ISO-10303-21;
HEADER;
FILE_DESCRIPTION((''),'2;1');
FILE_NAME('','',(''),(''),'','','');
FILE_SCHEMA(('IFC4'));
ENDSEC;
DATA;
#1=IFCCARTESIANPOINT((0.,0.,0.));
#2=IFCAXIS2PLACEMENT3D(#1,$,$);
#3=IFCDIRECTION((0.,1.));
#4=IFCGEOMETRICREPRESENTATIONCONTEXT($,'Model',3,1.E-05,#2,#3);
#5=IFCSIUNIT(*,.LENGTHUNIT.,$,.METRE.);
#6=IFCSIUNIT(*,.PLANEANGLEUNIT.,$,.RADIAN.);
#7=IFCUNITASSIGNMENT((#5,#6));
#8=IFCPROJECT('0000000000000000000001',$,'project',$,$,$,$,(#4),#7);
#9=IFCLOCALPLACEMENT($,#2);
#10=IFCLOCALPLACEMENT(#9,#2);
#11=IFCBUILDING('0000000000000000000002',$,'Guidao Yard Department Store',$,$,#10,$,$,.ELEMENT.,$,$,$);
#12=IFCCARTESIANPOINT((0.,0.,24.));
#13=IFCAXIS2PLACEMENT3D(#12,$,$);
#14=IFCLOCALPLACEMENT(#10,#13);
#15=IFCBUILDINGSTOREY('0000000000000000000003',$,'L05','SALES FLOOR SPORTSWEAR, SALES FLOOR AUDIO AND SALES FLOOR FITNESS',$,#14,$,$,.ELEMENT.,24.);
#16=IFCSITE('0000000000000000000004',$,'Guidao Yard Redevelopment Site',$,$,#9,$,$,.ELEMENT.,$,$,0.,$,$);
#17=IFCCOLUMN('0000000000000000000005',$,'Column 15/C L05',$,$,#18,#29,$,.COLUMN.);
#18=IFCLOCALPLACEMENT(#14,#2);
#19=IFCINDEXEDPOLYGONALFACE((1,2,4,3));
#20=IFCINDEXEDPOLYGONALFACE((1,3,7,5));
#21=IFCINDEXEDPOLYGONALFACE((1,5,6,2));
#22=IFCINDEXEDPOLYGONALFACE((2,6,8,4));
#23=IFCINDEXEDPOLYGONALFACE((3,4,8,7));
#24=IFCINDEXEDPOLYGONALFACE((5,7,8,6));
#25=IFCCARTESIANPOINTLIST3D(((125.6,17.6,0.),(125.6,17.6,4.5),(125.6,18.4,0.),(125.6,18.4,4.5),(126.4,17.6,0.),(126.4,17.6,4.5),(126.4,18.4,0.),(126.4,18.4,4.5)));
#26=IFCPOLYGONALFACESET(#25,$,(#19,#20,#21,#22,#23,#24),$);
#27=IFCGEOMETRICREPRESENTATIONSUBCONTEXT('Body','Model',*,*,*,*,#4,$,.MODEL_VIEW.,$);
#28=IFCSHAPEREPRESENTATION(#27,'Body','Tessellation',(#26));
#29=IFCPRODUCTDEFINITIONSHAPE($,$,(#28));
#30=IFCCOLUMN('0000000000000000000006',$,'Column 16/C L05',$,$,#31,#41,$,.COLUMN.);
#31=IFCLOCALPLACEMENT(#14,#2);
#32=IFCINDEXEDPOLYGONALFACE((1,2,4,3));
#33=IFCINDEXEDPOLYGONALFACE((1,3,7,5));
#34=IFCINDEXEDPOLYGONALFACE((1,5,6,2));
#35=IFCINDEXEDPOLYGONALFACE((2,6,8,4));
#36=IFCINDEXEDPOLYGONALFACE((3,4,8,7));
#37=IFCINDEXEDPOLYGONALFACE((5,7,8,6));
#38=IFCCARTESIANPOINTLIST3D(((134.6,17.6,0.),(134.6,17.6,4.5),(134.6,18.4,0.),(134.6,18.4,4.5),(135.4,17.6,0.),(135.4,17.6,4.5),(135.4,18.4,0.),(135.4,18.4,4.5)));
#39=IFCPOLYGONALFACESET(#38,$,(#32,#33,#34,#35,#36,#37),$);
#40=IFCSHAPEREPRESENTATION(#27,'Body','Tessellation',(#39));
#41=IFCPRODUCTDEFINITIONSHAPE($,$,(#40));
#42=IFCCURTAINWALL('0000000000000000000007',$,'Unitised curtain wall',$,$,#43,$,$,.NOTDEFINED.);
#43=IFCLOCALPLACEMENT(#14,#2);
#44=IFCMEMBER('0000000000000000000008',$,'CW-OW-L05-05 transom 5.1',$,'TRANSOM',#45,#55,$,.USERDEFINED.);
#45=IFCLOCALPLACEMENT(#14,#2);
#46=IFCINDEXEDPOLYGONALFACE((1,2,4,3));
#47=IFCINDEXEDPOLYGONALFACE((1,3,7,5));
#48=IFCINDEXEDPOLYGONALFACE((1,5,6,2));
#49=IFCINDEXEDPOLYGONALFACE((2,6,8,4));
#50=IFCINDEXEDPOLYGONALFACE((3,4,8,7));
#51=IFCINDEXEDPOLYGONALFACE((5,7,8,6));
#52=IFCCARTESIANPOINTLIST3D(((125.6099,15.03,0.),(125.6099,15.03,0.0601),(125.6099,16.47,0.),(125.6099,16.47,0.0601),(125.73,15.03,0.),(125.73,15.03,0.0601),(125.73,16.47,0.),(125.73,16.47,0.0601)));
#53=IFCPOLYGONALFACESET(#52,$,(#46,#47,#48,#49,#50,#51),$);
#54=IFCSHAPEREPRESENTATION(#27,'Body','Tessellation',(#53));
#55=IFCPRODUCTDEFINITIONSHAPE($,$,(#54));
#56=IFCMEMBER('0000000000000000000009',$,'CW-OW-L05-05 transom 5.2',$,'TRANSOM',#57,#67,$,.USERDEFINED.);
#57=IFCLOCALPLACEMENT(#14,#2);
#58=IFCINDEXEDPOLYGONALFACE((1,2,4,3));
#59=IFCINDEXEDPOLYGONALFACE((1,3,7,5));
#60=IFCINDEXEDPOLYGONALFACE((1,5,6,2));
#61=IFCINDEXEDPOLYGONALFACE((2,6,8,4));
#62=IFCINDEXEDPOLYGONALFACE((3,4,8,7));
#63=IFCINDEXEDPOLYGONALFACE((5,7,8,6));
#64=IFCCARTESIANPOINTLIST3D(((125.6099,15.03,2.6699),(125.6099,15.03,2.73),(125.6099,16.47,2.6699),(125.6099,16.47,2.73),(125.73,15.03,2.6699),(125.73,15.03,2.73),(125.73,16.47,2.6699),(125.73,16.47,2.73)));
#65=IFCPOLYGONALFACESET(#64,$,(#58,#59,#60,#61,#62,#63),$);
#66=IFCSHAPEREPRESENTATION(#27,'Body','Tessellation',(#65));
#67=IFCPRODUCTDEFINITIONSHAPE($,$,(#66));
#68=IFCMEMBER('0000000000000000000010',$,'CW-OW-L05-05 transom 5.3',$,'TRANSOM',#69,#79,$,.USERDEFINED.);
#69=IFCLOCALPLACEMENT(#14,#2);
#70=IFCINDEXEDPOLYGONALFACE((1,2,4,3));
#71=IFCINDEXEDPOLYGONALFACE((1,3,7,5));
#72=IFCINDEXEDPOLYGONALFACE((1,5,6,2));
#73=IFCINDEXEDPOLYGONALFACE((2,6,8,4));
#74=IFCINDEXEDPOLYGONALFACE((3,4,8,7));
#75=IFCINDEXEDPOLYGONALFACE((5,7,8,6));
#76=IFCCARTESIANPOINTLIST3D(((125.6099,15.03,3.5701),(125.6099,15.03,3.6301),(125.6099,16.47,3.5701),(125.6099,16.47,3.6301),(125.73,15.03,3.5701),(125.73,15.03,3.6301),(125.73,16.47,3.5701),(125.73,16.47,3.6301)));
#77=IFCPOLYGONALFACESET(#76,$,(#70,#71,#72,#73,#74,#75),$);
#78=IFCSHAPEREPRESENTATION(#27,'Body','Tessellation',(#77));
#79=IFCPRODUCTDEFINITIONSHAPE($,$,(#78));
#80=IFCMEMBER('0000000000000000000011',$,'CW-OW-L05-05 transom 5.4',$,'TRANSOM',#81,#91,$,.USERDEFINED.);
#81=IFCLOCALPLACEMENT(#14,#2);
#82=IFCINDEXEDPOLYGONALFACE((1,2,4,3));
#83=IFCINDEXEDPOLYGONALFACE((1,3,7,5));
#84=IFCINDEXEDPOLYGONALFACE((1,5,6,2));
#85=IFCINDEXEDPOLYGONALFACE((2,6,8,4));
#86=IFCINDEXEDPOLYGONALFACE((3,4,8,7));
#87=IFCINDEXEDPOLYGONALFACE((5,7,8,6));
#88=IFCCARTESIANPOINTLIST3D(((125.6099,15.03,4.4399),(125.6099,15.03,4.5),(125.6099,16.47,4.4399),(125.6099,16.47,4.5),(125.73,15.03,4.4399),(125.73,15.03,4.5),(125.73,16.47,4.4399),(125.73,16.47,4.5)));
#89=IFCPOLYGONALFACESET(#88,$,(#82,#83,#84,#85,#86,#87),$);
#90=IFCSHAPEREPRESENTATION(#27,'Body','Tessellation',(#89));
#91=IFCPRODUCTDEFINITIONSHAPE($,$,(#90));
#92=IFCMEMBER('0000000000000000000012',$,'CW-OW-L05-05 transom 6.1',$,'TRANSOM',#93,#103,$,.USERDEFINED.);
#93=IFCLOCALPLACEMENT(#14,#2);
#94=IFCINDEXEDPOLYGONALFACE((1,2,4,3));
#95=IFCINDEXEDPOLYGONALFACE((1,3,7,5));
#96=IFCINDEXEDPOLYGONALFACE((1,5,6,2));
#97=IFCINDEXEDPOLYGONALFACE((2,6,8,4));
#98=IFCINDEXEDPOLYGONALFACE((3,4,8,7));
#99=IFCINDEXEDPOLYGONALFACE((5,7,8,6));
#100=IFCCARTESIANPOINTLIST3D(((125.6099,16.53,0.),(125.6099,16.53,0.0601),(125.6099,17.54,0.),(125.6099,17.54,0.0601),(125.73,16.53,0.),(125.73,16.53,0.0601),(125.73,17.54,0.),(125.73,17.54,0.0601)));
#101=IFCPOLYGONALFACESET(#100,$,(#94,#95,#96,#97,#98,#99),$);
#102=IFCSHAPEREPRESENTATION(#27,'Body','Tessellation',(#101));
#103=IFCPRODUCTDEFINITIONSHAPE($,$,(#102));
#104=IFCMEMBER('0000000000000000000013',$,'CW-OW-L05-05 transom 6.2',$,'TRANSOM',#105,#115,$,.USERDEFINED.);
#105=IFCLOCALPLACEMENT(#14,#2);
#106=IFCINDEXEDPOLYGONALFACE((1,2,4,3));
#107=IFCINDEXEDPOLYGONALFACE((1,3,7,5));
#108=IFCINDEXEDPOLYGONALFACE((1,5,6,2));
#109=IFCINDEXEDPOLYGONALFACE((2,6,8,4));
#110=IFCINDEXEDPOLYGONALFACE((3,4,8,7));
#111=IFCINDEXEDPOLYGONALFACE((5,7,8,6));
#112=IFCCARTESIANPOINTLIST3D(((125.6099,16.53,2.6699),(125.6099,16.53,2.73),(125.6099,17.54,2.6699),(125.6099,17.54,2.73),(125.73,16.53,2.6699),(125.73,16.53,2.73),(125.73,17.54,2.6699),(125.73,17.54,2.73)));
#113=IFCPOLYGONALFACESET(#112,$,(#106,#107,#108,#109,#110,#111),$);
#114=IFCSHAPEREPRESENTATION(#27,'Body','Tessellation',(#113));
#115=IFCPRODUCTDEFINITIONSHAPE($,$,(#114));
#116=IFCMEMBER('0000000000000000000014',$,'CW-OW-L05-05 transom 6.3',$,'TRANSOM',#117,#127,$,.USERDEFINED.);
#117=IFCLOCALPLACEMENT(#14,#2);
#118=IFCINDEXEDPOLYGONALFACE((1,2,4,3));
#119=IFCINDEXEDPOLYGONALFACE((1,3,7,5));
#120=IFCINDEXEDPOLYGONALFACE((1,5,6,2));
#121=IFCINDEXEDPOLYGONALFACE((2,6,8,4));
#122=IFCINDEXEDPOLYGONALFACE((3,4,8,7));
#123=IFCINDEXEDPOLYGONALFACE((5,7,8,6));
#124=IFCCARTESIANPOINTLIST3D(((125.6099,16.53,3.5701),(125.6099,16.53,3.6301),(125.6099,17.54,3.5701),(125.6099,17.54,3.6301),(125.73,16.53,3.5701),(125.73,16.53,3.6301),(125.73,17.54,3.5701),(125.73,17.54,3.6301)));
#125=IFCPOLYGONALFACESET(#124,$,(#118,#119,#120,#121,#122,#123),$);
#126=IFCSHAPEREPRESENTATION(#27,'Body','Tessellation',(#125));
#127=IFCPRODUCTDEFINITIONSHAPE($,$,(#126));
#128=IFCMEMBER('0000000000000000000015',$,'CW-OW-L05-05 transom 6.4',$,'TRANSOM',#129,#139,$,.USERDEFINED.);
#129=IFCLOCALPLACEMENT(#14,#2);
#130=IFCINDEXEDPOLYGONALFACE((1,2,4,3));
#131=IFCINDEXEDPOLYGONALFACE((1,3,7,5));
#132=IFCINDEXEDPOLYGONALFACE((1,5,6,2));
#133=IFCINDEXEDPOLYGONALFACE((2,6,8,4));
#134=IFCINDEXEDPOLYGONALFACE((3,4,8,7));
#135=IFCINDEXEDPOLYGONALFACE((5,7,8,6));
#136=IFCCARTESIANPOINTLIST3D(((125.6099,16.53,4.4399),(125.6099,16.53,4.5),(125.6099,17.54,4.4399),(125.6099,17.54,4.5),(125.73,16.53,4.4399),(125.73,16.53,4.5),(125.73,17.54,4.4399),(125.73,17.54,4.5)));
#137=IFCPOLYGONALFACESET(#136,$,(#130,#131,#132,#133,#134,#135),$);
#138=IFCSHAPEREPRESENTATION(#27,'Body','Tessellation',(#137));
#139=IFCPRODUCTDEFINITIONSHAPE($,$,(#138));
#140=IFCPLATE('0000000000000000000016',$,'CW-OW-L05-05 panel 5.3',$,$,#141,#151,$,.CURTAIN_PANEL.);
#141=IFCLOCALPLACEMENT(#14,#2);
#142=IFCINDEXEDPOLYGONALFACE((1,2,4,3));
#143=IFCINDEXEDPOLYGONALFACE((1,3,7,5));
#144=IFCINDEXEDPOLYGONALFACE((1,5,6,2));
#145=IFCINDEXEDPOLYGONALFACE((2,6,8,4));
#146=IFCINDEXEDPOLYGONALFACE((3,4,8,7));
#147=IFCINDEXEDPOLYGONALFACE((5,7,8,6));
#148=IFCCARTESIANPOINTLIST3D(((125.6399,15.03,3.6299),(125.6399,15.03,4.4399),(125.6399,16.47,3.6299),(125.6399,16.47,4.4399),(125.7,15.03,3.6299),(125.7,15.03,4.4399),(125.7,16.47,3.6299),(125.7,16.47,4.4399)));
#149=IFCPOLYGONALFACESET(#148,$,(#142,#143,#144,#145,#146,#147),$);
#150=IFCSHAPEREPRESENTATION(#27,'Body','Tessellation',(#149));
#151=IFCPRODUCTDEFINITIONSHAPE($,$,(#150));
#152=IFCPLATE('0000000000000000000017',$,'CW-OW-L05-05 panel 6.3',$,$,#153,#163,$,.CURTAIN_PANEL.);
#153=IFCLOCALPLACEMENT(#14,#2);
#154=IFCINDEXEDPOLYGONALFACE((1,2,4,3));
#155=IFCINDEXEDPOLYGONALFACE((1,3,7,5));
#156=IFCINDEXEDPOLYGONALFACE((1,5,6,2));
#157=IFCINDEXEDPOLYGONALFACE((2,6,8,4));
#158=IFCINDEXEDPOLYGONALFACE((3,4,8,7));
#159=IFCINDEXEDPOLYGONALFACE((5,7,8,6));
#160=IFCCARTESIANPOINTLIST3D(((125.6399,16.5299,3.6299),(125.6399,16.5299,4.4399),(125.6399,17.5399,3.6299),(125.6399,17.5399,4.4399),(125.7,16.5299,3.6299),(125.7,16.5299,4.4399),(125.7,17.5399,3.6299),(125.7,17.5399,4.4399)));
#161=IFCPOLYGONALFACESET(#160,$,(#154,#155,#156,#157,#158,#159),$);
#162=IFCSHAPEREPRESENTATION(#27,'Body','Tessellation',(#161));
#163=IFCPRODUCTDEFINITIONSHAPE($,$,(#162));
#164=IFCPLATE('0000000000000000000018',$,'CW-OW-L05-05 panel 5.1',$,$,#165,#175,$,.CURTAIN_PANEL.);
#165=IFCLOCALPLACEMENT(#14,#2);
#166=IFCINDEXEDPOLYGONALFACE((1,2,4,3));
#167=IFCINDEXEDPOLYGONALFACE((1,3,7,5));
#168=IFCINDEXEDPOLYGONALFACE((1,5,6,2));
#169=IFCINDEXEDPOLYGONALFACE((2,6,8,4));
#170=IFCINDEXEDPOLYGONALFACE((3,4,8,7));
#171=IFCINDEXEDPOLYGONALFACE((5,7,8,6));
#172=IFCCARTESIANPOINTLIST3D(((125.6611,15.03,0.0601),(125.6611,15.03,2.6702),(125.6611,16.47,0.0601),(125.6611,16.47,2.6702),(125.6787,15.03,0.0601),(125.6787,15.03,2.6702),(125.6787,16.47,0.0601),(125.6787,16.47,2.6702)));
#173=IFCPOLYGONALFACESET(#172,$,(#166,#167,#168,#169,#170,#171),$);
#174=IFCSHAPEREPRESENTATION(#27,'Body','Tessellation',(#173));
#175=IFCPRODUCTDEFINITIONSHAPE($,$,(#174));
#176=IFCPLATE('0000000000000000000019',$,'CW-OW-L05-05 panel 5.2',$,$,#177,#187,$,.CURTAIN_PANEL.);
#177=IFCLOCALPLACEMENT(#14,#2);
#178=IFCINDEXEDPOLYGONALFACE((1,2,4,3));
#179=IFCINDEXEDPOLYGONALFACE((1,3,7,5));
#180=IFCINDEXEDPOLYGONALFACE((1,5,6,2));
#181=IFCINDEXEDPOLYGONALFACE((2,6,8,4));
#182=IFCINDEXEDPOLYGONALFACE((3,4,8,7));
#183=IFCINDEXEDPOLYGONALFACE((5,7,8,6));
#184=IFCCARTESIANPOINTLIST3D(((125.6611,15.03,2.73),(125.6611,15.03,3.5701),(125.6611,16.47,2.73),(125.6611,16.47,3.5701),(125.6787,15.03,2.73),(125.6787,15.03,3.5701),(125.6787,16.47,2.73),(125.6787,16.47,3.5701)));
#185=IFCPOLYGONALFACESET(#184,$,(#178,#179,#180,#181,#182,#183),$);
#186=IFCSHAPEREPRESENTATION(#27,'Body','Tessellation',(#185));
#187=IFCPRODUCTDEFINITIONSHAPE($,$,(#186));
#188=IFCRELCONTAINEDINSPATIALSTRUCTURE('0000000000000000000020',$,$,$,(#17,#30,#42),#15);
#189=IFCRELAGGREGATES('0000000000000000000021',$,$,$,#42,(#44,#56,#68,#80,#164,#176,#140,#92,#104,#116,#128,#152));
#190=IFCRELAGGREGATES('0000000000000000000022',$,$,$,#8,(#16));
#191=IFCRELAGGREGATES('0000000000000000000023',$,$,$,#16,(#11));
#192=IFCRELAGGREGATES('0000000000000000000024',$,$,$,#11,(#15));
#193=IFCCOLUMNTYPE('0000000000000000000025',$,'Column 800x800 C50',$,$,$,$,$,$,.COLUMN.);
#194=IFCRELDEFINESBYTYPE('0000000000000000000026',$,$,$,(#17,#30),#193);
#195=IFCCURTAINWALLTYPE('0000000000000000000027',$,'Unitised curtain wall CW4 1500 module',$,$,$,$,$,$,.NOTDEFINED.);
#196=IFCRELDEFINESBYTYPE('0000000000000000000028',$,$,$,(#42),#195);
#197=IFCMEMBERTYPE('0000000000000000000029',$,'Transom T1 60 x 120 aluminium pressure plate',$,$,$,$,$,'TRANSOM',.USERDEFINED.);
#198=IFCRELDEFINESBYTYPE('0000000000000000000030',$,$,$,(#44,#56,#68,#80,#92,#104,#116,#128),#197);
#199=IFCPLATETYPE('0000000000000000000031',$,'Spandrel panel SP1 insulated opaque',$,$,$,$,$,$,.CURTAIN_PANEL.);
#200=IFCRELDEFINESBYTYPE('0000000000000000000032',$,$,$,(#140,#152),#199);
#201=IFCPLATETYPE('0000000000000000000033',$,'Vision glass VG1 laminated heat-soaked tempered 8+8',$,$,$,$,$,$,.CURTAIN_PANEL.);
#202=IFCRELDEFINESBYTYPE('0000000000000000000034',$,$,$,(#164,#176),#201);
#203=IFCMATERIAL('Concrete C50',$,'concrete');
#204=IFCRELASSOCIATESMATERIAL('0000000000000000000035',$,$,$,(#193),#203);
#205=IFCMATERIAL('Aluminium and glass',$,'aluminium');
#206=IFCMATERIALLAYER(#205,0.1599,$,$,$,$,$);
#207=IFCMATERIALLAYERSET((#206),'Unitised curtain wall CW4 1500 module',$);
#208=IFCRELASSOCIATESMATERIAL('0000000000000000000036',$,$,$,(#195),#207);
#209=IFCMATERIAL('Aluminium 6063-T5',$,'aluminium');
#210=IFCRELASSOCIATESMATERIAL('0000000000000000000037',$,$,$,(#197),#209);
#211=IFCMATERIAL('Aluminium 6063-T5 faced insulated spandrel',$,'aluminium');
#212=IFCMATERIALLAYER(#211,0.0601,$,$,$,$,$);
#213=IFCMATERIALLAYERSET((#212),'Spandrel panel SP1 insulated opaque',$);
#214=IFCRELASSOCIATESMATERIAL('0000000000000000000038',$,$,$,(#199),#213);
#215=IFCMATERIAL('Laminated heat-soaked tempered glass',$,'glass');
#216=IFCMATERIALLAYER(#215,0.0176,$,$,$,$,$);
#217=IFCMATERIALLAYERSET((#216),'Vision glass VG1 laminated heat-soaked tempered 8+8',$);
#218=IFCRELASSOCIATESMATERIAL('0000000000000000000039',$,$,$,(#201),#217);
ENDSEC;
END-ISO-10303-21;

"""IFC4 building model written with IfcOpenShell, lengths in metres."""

from ifc_helpers import new_model, si_unit, direction, frame, origin, origin_2d, place, context, subcontext, project, spatial, rectangle, extrude, material, layer, layer_set, material_profile, profile_set, type_object, element, aggregate, save


model = new_model("IFC4")

# Units and contexts
model_context = context("Model", 3, precision=1e-05, world=origin(), true_north=direction((0.0, 1.0)))
body_context = subcontext(model_context, "Body", "Model", "MODEL_VIEW")
ifc_project = project(units=[si_unit("LENGTHUNIT", "METRE"), si_unit("PLANEANGLEUNIT", "RADIAN")], contexts=[model_context])

# Site, building, storey
site_placement = place(None, origin())
site = spatial("IfcSite", under=ifc_project, at=site_placement, Name="Guidao Yard Redevelopment Site", CompositionType="ELEMENT", RefElevation=0.0)
building_placement = place(site_placement, origin())
building = spatial("IfcBuilding", under=site, at=building_placement, Name="Guidao Yard Department Store", CompositionType="ELEMENT")
storey_placement = place(building_placement, frame((0.0, 0.0, 24.0)))
storey = spatial("IfcBuildingStorey", under=building, at=storey_placement, Name="L05", Description="SALES FLOOR SPORTSWEAR, SALES FLOOR AUDIO AND SALES FLOOR FITNESS", CompositionType="ELEMENT", Elevation=24.0)

# Columns
ifc_material_1 = material(Name="Concrete C50", Category="concrete")
ifc_material_profile_1 = material_profile(ifc_material_1, rectangle(XDim=0.8, YDim=0.8, at=origin_2d()), Name="COL 800x800")
ifc_profile_set_1 = profile_set([ifc_material_profile_1], Name="Concrete C50")
column_type = type_object("IfcColumnType", Name="Column 800x800 C50", PredefinedType="COLUMN", material=ifc_profile_set_1)
for number, where, z_axis, x_axis, name in (
    (1, (126.0, 18.0, 0.0), (0.0, 0.0, 1.0), (1.0, 0.0, 0.0), "Column 15/C L05"),
    (2, (135.0, 18.0, 0.0), (0.0, 0.0, 1.0), (1.0, 0.0, 0.0), "Column 16/C L05"),
):
    element("IfcColumn", number, at=place(storey_placement, frame(where, z_axis=z_axis, x_axis=x_axis)), inside=storey, type_object=column_type, Name=name, PredefinedType="COLUMN", context=body_context, shape_type="SweptSolid", body=[
        extrude(rectangle(XDim=0.8, YDim=0.8, at=origin_2d()), origin(), (0.0, 0.0, 1.0), 4.5),
    ])

# Curtain wall, members, plates
ifc_material_2 = material(Name="Aluminium and glass", Category="aluminium")
ifc_layer_1 = layer(ifc_material_2, 0.1599)
ifc_layer_set_1 = layer_set([ifc_layer_1], Name="Unitised curtain wall CW4 1500 module")
curtain_wall_type = type_object("IfcCurtainWallType", Name="Unitised curtain wall CW4 1500 module", PredefinedType="NOTDEFINED", material=ifc_layer_set_1)
curtain_wall_placement = place(storey_placement, origin())
curtain_wall = element("IfcCurtainWall", 3, at=curtain_wall_placement, inside=storey, type_object=curtain_wall_type, Name="Unitised curtain wall", PredefinedType="NOTDEFINED")
ifc_material_3 = material(Name="Aluminium 6063-T5", Category="aluminium")
ifc_material_profile_2 = material_profile(ifc_material_3, rectangle(XDim=0.1201, YDim=0.0601, at=origin_2d()), Name="Transom T1 60 x 120 aluminium pressure plate")
ifc_profile_set_2 = profile_set([ifc_material_profile_2], Name="Aluminium 6063-T5")
member_type = type_object("IfcMemberType", Name="Transom T1 60 x 120 aluminium pressure plate", ElementType="TRANSOM", PredefinedType="USERDEFINED", material=ifc_profile_set_2)
member_1_placement = place(storey_placement, frame((125.6699, 15.03, 0.03), z_axis=(0.0, 1.0, 0.0), x_axis=(-1.0, 0.0, 0.0)))
member_1 = element("IfcMember", 4, at=member_1_placement, type_object=member_type, Name="CW-OW-L05-05 transom 5.1", ObjectType="TRANSOM", PredefinedType="USERDEFINED", context=body_context, shape_type="SweptSolid", body=[
    extrude(rectangle(XDim=0.1201, YDim=0.0601, at=origin_2d()), origin(), (0.0, 0.0, 1.0), 1.4399),
])
member_2_placement = place(storey_placement, frame((125.6699, 15.03, 2.7), z_axis=(0.0, 1.0, 0.0), x_axis=(-1.0, 0.0, 0.0)))
member_2 = element("IfcMember", 5, at=member_2_placement, type_object=member_type, Name="CW-OW-L05-05 transom 5.2", ObjectType="TRANSOM", PredefinedType="USERDEFINED", context=body_context, shape_type="SweptSolid", body=[
    extrude(rectangle(XDim=0.1201, YDim=0.0601, at=origin_2d()), origin(), (0.0, 0.0, 1.0), 1.4399),
])
member_3_placement = place(storey_placement, frame((125.6699, 15.03, 3.6001), z_axis=(0.0, 1.0, 0.0), x_axis=(-1.0, 0.0, 0.0)))
member_3 = element("IfcMember", 6, at=member_3_placement, type_object=member_type, Name="CW-OW-L05-05 transom 5.3", ObjectType="TRANSOM", PredefinedType="USERDEFINED", context=body_context, shape_type="SweptSolid", body=[
    extrude(rectangle(XDim=0.1201, YDim=0.0601, at=origin_2d()), origin(), (0.0, 0.0, 1.0), 1.4399),
])
member_4_placement = place(storey_placement, frame((125.6699, 15.03, 4.47), z_axis=(0.0, 1.0, 0.0), x_axis=(-1.0, 0.0, 0.0)))
member_4 = element("IfcMember", 7, at=member_4_placement, type_object=member_type, Name="CW-OW-L05-05 transom 5.4", ObjectType="TRANSOM", PredefinedType="USERDEFINED", context=body_context, shape_type="SweptSolid", body=[
    extrude(rectangle(XDim=0.1201, YDim=0.0601, at=origin_2d()), origin(), (0.0, 0.0, 1.0), 1.4399),
])
member_5_placement = place(storey_placement, frame((125.6699, 16.53, 0.03), z_axis=(0.0, 1.0, 0.0), x_axis=(-1.0, 0.0, 0.0)))
member_5 = element("IfcMember", 8, at=member_5_placement, type_object=member_type, Name="CW-OW-L05-05 transom 6.1", ObjectType="TRANSOM", PredefinedType="USERDEFINED", context=body_context, shape_type="SweptSolid", body=[
    extrude(rectangle(XDim=0.1201, YDim=0.0601, at=origin_2d()), origin(), (0.0, 0.0, 1.0), 1.01),
])
member_6_placement = place(storey_placement, frame((125.6699, 16.53, 2.7), z_axis=(0.0, 1.0, 0.0), x_axis=(-1.0, 0.0, 0.0)))
member_6 = element("IfcMember", 9, at=member_6_placement, type_object=member_type, Name="CW-OW-L05-05 transom 6.2", ObjectType="TRANSOM", PredefinedType="USERDEFINED", context=body_context, shape_type="SweptSolid", body=[
    extrude(rectangle(XDim=0.1201, YDim=0.0601, at=origin_2d()), origin(), (0.0, 0.0, 1.0), 1.01),
])
member_7_placement = place(storey_placement, frame((125.6699, 16.53, 3.6001), z_axis=(0.0, 1.0, 0.0), x_axis=(-1.0, 0.0, 0.0)))
member_7 = element("IfcMember", 10, at=member_7_placement, type_object=member_type, Name="CW-OW-L05-05 transom 6.3", ObjectType="TRANSOM", PredefinedType="USERDEFINED", context=body_context, shape_type="SweptSolid", body=[
    extrude(rectangle(XDim=0.1201, YDim=0.0601, at=origin_2d()), origin(), (0.0, 0.0, 1.0), 1.01),
])
member_8_placement = place(storey_placement, frame((125.6699, 16.53, 4.47), z_axis=(0.0, 1.0, 0.0), x_axis=(-1.0, 0.0, 0.0)))
member_8 = element("IfcMember", 11, at=member_8_placement, type_object=member_type, Name="CW-OW-L05-05 transom 6.4", ObjectType="TRANSOM", PredefinedType="USERDEFINED", context=body_context, shape_type="SweptSolid", body=[
    extrude(rectangle(XDim=0.1201, YDim=0.0601, at=origin_2d()), origin(), (0.0, 0.0, 1.0), 1.01),
])
ifc_material_4 = material(Name="Aluminium 6063-T5 faced insulated spandrel", Category="aluminium")
ifc_layer_2 = layer(ifc_material_4, 0.0601)
ifc_layer_set_2 = layer_set([ifc_layer_2], Name="Spandrel panel SP1 insulated opaque")
plate_type_1 = type_object("IfcPlateType", Name="Spandrel panel SP1 insulated opaque", PredefinedType="CURTAIN_PANEL", material=ifc_layer_set_2)
plate_1_placement = place(storey_placement, frame((125.6699, 15.75, 3.6299), z_axis=(0.0, 0.0, 1.0), x_axis=(0.0, 1.0, 0.0)))
plate_1 = element("IfcPlate", 12, at=plate_1_placement, type_object=plate_type_1, Name="CW-OW-L05-05 panel 5.3", PredefinedType="CURTAIN_PANEL", context=body_context, shape_type="SweptSolid", body=[
    extrude(rectangle(XDim=1.4399, YDim=0.0601, at=origin_2d()), origin(), (0.0, 0.0, 1.0), 0.8101),
])
plate_2_placement = place(storey_placement, frame((125.6699, 17.0349, 3.6299), z_axis=(0.0, 0.0, 1.0), x_axis=(0.0, 1.0, 0.0)))
plate_2 = element("IfcPlate", 13, at=plate_2_placement, type_object=plate_type_1, Name="CW-OW-L05-05 panel 6.3", PredefinedType="CURTAIN_PANEL", context=body_context, shape_type="SweptSolid", body=[
    extrude(rectangle(XDim=1.01, YDim=0.0601, at=origin_2d()), origin(), (0.0, 0.0, 1.0), 0.8101),
])
ifc_material_5 = material(Name="Laminated heat-soaked tempered glass", Category="glass")
ifc_layer_3 = layer(ifc_material_5, 0.0176)
ifc_layer_set_3 = layer_set([ifc_layer_3], Name="Vision glass VG1 laminated heat-soaked tempered 8+8")
plate_type_2 = type_object("IfcPlateType", Name="Vision glass VG1 laminated heat-soaked tempered 8+8", PredefinedType="CURTAIN_PANEL", material=ifc_layer_set_3)
plate_3_placement = place(storey_placement, frame((125.6699, 15.75, 0.0601), z_axis=(0.0, 0.0, 1.0), x_axis=(0.0, 1.0, 0.0)))
plate_3 = element("IfcPlate", 14, at=plate_3_placement, type_object=plate_type_2, Name="CW-OW-L05-05 panel 5.1", PredefinedType="CURTAIN_PANEL", context=body_context, shape_type="SweptSolid", body=[
    extrude(rectangle(XDim=1.4399, YDim=0.0176, at=origin_2d()), origin(), (0.0, 0.0, 1.0), 2.6101),
])
plate_4_placement = place(storey_placement, frame((125.6699, 15.75, 2.73), z_axis=(0.0, 0.0, 1.0), x_axis=(0.0, 1.0, 0.0)))
plate_4 = element("IfcPlate", 15, at=plate_4_placement, type_object=plate_type_2, Name="CW-OW-L05-05 panel 5.2", PredefinedType="CURTAIN_PANEL", context=body_context, shape_type="SweptSolid", body=[
    extrude(rectangle(XDim=1.4399, YDim=0.0176, at=origin_2d()), origin(), (0.0, 0.0, 1.0), 0.8401),
])
aggregate(curtain_wall, [member_1, member_2, member_3, member_4, plate_3, plate_4, plate_1, member_5, member_6, member_7, member_8, plate_2])

save(model, "model.ifc")
